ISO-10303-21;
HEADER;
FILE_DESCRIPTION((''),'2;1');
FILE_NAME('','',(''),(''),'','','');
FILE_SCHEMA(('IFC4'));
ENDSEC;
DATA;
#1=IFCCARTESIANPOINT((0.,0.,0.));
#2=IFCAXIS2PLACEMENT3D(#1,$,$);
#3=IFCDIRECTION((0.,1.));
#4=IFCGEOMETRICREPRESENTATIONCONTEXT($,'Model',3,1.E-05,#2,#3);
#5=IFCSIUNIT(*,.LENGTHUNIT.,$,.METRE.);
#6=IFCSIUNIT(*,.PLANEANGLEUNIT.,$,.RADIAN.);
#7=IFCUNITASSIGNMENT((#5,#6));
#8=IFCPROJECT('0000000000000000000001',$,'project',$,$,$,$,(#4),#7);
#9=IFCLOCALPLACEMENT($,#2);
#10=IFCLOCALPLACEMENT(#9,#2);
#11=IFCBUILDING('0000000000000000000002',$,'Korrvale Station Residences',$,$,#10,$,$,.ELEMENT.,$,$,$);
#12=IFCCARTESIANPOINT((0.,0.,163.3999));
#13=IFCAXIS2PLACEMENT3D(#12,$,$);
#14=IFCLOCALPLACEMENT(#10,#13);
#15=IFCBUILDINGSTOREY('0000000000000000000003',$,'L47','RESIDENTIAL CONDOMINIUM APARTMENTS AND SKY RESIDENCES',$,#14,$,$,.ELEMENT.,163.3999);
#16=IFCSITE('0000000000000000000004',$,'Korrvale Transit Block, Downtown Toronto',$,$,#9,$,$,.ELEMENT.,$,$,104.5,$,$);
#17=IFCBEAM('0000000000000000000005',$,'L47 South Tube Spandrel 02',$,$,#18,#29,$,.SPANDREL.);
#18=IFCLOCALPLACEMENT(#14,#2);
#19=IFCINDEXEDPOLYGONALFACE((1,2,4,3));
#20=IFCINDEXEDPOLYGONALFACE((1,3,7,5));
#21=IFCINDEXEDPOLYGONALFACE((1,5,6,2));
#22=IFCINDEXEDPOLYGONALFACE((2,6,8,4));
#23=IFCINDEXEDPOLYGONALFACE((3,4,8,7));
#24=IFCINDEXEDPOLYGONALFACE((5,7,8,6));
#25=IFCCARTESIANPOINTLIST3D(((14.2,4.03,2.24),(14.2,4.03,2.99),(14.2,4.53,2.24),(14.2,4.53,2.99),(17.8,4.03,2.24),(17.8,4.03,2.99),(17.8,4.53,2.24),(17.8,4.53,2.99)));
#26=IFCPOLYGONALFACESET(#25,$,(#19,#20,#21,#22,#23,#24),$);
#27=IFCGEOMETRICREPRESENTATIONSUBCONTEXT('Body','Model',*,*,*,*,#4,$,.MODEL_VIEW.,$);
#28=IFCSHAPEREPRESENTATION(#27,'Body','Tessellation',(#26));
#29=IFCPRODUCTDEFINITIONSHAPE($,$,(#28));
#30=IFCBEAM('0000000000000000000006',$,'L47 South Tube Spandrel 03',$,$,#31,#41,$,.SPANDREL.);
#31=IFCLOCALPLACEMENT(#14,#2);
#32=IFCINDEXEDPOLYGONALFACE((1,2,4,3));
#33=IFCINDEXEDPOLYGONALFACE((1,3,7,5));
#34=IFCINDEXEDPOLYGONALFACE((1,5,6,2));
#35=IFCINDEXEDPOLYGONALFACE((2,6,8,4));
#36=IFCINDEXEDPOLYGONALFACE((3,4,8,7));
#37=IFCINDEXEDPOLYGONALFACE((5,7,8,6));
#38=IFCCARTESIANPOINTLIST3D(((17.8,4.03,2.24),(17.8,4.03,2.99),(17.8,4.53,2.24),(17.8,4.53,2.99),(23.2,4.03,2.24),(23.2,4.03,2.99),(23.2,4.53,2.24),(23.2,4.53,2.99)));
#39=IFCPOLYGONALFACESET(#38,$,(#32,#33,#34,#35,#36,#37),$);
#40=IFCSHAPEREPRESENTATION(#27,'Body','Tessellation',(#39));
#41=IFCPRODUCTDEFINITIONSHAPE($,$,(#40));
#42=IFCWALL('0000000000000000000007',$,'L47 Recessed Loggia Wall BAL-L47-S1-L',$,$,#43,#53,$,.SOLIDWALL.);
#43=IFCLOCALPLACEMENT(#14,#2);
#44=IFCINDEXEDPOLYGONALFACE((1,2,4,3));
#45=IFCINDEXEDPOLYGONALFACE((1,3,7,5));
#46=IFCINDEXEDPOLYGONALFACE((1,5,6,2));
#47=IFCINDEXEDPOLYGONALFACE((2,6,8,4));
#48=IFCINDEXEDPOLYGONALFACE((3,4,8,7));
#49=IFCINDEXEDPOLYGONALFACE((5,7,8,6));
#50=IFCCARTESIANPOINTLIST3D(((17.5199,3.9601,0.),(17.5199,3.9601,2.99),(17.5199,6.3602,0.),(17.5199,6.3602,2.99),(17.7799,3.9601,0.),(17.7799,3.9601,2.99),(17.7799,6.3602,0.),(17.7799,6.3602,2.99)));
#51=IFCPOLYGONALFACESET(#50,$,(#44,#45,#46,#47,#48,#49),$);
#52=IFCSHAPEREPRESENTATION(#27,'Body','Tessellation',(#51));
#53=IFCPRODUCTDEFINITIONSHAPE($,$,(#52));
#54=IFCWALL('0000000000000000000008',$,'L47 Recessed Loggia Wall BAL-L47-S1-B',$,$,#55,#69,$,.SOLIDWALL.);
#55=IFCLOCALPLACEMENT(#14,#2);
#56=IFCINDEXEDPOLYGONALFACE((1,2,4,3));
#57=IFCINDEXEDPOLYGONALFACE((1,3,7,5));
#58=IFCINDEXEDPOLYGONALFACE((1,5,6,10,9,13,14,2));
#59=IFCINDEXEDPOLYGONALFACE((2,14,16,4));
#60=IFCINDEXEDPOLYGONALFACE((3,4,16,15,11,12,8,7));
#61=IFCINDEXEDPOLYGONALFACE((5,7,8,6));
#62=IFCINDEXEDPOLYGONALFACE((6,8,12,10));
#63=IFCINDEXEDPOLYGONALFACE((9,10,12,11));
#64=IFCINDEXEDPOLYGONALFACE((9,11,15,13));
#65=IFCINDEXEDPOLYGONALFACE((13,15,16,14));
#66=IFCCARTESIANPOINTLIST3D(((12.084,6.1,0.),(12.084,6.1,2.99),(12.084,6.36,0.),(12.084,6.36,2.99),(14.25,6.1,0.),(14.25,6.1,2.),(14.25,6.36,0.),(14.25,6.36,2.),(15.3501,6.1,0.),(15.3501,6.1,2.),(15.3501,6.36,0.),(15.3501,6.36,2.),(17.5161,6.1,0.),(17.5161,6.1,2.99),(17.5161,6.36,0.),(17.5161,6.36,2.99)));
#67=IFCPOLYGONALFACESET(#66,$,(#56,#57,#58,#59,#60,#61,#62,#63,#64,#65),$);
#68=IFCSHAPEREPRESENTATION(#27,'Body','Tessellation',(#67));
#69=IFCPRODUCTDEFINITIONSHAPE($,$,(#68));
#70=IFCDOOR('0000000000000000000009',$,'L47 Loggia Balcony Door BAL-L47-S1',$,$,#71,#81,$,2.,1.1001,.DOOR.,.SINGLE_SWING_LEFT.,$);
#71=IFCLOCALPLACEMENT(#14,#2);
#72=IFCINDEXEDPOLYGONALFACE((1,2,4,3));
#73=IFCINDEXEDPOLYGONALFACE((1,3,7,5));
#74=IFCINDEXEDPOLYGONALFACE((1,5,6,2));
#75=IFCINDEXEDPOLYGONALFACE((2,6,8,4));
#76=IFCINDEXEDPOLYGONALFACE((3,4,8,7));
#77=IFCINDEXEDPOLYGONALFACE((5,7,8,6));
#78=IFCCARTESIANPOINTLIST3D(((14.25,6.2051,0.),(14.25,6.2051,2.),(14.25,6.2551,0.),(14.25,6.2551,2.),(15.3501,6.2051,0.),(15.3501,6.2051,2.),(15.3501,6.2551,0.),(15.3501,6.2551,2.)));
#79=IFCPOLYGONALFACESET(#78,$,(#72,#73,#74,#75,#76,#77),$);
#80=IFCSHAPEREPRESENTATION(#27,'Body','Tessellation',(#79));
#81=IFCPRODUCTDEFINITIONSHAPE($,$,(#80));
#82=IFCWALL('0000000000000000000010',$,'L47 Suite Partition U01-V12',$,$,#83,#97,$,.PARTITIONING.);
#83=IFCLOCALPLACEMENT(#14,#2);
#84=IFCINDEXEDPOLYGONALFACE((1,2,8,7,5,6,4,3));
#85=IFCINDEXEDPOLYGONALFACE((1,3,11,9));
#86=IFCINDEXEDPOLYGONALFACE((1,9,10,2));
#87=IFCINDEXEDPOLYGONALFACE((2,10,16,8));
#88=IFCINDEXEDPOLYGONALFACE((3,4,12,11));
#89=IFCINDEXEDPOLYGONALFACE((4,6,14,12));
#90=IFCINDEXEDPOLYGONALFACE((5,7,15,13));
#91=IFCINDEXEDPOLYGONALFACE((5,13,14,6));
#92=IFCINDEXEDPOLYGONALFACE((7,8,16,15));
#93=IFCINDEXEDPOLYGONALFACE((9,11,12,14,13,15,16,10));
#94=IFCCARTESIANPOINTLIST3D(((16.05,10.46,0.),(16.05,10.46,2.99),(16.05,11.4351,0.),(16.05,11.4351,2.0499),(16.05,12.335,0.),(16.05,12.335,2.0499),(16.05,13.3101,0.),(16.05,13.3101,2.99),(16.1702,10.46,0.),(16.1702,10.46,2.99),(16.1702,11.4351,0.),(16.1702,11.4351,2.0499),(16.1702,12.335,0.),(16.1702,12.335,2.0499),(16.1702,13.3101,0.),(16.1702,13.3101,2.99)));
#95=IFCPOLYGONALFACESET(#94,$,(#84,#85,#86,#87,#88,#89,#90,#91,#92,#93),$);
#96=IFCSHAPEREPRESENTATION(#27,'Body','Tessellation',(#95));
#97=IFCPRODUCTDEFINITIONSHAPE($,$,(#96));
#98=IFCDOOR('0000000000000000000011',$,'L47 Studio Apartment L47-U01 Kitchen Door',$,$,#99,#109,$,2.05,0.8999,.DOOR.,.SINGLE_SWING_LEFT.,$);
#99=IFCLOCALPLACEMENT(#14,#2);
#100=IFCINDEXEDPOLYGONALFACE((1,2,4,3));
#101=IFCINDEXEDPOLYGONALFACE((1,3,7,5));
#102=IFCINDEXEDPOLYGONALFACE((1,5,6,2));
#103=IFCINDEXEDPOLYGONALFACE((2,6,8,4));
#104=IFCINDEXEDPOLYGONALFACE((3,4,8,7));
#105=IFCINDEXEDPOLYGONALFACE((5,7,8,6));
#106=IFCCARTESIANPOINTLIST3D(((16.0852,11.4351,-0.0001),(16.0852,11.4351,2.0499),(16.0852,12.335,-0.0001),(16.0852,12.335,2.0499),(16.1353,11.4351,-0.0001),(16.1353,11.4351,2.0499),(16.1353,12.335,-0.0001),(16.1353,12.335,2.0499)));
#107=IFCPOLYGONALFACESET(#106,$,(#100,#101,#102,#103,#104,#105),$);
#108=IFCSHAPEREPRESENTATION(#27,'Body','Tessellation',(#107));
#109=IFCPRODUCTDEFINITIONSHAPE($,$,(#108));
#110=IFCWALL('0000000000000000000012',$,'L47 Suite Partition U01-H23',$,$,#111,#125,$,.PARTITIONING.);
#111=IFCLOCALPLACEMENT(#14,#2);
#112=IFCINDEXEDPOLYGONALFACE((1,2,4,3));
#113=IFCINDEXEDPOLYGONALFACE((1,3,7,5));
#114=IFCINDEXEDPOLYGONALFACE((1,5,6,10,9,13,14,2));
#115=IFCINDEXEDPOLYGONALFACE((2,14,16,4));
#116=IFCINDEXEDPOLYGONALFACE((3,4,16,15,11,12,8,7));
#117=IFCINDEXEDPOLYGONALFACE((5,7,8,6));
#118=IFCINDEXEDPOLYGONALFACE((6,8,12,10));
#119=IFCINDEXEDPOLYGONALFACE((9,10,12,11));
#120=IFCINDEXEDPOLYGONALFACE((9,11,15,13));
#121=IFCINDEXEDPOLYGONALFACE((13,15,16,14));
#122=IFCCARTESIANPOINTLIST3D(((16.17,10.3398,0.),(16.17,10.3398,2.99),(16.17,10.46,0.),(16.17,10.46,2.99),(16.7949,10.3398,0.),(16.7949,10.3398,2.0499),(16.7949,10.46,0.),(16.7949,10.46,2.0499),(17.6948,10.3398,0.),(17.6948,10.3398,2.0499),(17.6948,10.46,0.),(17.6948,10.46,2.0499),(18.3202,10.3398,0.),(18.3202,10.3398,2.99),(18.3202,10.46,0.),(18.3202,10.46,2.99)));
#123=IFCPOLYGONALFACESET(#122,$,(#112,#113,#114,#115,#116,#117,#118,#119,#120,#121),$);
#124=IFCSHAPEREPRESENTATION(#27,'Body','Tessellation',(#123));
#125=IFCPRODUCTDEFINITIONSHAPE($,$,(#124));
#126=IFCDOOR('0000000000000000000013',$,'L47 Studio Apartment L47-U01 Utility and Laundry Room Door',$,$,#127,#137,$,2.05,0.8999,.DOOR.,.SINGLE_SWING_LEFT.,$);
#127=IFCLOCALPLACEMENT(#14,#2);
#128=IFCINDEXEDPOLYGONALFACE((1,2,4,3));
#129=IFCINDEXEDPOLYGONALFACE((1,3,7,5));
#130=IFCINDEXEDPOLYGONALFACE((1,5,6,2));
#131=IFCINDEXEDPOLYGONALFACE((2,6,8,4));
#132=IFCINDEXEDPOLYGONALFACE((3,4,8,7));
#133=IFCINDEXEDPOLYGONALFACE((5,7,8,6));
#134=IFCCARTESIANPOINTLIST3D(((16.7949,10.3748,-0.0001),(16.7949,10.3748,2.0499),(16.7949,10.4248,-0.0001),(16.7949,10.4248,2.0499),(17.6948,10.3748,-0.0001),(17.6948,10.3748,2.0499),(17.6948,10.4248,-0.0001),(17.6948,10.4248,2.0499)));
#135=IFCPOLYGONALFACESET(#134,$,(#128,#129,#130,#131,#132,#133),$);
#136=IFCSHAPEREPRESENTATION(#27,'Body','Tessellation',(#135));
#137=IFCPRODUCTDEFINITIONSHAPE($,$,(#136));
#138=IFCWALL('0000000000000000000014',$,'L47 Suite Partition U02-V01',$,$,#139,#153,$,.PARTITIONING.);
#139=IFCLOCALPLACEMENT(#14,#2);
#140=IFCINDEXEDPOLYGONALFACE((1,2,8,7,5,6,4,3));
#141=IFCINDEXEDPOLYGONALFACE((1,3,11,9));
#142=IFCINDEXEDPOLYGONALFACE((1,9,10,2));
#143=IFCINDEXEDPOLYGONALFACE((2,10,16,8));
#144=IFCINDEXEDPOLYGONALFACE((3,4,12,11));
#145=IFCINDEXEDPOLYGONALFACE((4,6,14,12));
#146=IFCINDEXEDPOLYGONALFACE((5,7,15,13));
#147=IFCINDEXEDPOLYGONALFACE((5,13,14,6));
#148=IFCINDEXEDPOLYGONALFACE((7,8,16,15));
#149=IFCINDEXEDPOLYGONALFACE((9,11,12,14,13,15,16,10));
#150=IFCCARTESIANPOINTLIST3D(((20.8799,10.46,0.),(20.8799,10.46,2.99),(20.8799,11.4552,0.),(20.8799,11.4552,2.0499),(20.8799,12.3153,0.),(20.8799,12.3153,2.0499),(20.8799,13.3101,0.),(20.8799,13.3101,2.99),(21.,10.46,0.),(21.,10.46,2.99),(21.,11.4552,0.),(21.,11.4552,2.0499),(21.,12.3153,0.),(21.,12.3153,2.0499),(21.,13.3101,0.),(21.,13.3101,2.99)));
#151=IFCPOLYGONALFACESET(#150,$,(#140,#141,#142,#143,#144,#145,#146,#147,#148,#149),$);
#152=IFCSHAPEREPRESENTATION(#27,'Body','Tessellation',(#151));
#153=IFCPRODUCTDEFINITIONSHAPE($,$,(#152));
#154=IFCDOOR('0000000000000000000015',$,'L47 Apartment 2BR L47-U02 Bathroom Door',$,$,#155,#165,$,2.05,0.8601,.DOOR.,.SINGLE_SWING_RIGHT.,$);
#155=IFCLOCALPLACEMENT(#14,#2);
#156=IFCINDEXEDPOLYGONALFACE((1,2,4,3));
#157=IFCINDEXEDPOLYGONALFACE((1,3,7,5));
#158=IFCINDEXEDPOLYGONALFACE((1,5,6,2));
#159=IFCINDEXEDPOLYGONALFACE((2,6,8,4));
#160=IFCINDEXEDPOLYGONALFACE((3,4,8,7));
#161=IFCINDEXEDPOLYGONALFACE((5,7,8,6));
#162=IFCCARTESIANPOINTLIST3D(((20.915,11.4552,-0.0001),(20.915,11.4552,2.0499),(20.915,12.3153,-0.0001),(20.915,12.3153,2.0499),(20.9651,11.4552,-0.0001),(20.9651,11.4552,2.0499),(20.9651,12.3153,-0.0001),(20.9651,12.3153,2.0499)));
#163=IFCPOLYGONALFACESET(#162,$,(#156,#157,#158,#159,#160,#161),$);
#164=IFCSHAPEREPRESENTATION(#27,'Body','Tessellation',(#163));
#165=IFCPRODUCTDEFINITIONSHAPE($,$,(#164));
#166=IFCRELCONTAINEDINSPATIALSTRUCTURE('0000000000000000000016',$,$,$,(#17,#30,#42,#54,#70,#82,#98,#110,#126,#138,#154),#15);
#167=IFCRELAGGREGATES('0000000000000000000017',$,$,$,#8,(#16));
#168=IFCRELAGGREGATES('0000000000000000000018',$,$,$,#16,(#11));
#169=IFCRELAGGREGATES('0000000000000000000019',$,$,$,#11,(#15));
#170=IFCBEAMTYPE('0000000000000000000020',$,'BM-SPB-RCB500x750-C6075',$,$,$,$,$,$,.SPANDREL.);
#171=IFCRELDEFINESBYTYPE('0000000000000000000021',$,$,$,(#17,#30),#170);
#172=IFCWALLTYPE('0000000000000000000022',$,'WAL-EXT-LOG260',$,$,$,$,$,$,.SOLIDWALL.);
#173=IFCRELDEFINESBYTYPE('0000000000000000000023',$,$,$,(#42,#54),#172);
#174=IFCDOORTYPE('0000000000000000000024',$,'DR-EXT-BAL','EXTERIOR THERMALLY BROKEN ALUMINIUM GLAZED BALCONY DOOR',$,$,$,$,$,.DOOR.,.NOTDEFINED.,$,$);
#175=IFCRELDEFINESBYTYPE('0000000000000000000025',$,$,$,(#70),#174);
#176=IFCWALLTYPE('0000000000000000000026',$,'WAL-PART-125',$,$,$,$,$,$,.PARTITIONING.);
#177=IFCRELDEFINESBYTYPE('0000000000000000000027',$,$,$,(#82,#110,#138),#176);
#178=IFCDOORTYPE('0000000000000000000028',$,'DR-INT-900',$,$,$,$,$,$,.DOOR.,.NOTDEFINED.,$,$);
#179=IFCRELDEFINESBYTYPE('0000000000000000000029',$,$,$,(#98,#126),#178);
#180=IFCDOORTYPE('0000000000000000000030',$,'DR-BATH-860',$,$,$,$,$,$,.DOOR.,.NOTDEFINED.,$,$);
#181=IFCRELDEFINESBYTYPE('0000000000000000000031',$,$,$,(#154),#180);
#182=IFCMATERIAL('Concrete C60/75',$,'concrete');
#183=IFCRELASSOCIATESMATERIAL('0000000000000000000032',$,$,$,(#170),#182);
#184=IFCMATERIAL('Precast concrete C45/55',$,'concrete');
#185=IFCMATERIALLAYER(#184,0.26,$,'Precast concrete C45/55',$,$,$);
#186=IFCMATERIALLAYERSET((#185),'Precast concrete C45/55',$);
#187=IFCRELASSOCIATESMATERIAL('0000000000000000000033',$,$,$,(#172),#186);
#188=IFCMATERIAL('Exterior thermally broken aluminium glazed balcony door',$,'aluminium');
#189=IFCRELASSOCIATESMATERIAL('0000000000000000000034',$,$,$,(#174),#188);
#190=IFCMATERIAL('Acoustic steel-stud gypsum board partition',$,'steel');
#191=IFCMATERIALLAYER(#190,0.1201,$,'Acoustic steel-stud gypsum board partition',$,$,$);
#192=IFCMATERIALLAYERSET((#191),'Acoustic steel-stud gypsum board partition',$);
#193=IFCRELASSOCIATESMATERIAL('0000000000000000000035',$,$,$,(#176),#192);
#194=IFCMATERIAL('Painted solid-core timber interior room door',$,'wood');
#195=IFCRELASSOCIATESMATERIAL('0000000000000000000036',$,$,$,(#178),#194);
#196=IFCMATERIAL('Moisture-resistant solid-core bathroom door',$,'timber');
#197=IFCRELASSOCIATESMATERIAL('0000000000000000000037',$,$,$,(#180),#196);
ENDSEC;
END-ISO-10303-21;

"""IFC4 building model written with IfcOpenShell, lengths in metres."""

from ifc_helpers import new_model, si_unit, direction, frame, frame_2d, origin, origin_2d, place, context, subcontext, project, spatial, rectangle, extrude, material, layer, layer_set, material_profile, profile_set, type_object, element, fill, save


model = new_model("IFC4")

# Units and contexts
model_context = context("Model", 3, precision=1e-05, world=origin(), true_north=direction((0.0, 1.0)))
body_context = subcontext(model_context, "Body", "Model", "MODEL_VIEW")
ifc_project = project(units=[si_unit("LENGTHUNIT", "METRE"), si_unit("PLANEANGLEUNIT", "RADIAN")], contexts=[model_context])

# Site, building, storey
site_placement = place(None, origin())
site = spatial("IfcSite", under=ifc_project, at=site_placement, Name="Korrvale Transit Block, Downtown Toronto", CompositionType="ELEMENT", RefElevation=104.5)
building_placement = place(site_placement, origin())
building = spatial("IfcBuilding", under=site, at=building_placement, Name="Korrvale Station Residences", CompositionType="ELEMENT")
storey_placement = place(building_placement, frame((0.0, 0.0, 163.3999)))
storey = spatial("IfcBuildingStorey", under=building, at=storey_placement, Name="L47", Description="RESIDENTIAL CONDOMINIUM APARTMENTS AND SKY RESIDENCES", CompositionType="ELEMENT", Elevation=163.3999)

# Shared definitions
ifc_material_1 = material(Name="Concrete C60/75", Category="concrete")

# Beams
ifc_material_profile_1 = material_profile(ifc_material_1, rectangle(XDim=0.5, YDim=0.75, at=origin_2d()), Name="RCB500x750")
ifc_profile_set_1 = profile_set([ifc_material_profile_1], Name="Concrete C60/75")
beam_type_1 = type_object("IfcBeamType", Name="BM-SPB-RCB500x750-C6075", PredefinedType="SPANDREL", material=ifc_profile_set_1)
beam_1_placement = place(storey_placement, frame((14.2, 4.28, 2.615), z_axis=(1.0, 0.0, 0.0), x_axis=(0.0, 1.0, 0.0)))
element("IfcBeam", 1, at=beam_1_placement, inside=storey, type_object=beam_type_1, Name="L47 South Tube Spandrel 02", PredefinedType="SPANDREL", context=body_context, shape_type="SweptSolid", body=[
    extrude(rectangle(XDim=0.5, YDim=0.75, at=origin_2d()), origin(), (0.0, 0.0, 1.0), 3.6001),
])
beam_2_placement = place(storey_placement, frame((17.8, 4.28, 2.615), z_axis=(1.0, 0.0, 0.0), x_axis=(0.0, 1.0, 0.0)))
element("IfcBeam", 2, at=beam_2_placement, inside=storey, type_object=beam_type_1, Name="L47 South Tube Spandrel 03", PredefinedType="SPANDREL", context=body_context, shape_type="SweptSolid", body=[
    extrude(rectangle(XDim=0.5, YDim=0.75, at=origin_2d()), origin(), (0.0, 0.0, 1.0), 5.3999),
])

# Wall
ifc_material_2 = material(Name="Precast concrete C45/55", Category="concrete")
ifc_layer_1 = layer(ifc_material_2, 0.26, Name="Precast concrete C45/55")
ifc_layer_set_1 = layer_set([ifc_layer_1], Name="Precast concrete C45/55")
wall_type_1 = type_object("IfcWallType", Name="WAL-EXT-LOG260", PredefinedType="SOLIDWALL", material=ifc_layer_set_1)
wall_1_placement = place(storey_placement, frame((17.6499, 3.96, 0.0), z_axis=(0.0, 0.0, 1.0), x_axis=(0.0, 1.0, 0.0)))
element("IfcWall", 3, at=wall_1_placement, inside=storey, type_object=wall_type_1, Name="L47 Recessed Loggia Wall BAL-L47-S1-L", PredefinedType="SOLIDWALL", context=body_context, shape_type="SweptSolid", body=[
    extrude(rectangle(XDim=2.4001, YDim=0.26, at=frame_2d((1.2002, 0.0))), origin(), (0.0, 0.0, 1.0), 2.99),
])

# Walls, openings, doors
wall_2_placement = place(storey_placement, frame((17.5161, 6.23, 0.0), z_axis=(0.0, 0.0, 1.0), x_axis=(-1.0, 0.0, 0.0)))
wall_2 = element("IfcWall", 4, at=wall_2_placement, inside=storey, type_object=wall_type_1, Name="L47 Recessed Loggia Wall BAL-L47-S1-B", PredefinedType="SOLIDWALL", context=body_context, shape_type="SweptSolid", body=[
    extrude(rectangle(XDim=5.4321, YDim=0.26, at=frame_2d((2.7161, 0.0))), origin(), (0.0, 0.0, 1.0), 2.99),
])
opening_1_placement = place(wall_2_placement, frame((2.166, 0.0, 0.0)))
opening_1 = element("IfcOpeningElement", 5, at=opening_1_placement, cuts=wall_2, PredefinedType="OPENING", context=body_context, shape_type="SweptSolid", body=[
    extrude(rectangle(XDim=1.1001, YDim=2.0, at=frame_2d((0.55, 1.0))), frame((0.0, 0.1401, 0.0), z_axis=(0.0, -1.0, 0.0), x_axis=(1.0, 0.0, 0.0)), (0.0, 0.0, 1.0), 0.28),
])
ifc_material_3 = material(Name="Exterior thermally broken aluminium glazed balcony door", Category="aluminium")
door_type_1 = type_object("IfcDoorType", Name="DR-EXT-BAL", Description="EXTERIOR THERMALLY BROKEN ALUMINIUM GLAZED BALCONY DOOR", OperationType="NOTDEFINED", PredefinedType="DOOR", material=ifc_material_3)
door_1_placement = place(opening_1_placement, origin())
door_1 = element("IfcDoor", 6, at=door_1_placement, inside=storey, type_object=door_type_1, Name="L47 Loggia Balcony Door BAL-L47-S1", OperationType="SINGLE_SWING_LEFT", OverallHeight=2.0, OverallWidth=1.1001, PredefinedType="DOOR", context=body_context, shape_type="SweptSolid", body=[
    extrude(rectangle(XDim=1.1001, YDim=2.0, at=frame_2d((0.55, 1.0))), frame((0.0, 0.0249, 0.0), z_axis=(0.0, -1.0, 0.0), x_axis=(1.0, 0.0, 0.0)), (0.0, 0.0, 1.0), 0.05),
])
fill(opening_1, door_1)
ifc_material_4 = material(Name="Acoustic steel-stud gypsum board partition", Category="steel")
ifc_layer_2 = layer(ifc_material_4, 0.1201, Name="Acoustic steel-stud gypsum board partition")
ifc_layer_set_2 = layer_set([ifc_layer_2], Name="Acoustic steel-stud gypsum board partition")
wall_type_2 = type_object("IfcWallType", Name="WAL-PART-125", PredefinedType="PARTITIONING", material=ifc_layer_set_2)
wall_3_placement = place(storey_placement, frame((16.1101, 10.46, 0.0), z_axis=(0.0, 0.0, 1.0), x_axis=(0.0, 1.0, 0.0)))
wall_3 = element("IfcWall", 7, at=wall_3_placement, inside=storey, type_object=wall_type_2, Name="L47 Suite Partition U01-V12", PredefinedType="PARTITIONING", context=body_context, shape_type="SweptSolid", body=[
    extrude(rectangle(XDim=2.8501, YDim=0.1201, at=frame_2d((1.425, 0.0))), origin(), (0.0, 0.0, 1.0), 2.99),
])
opening_2_placement = place(wall_3_placement, frame((0.9751, 0.0, 0.0)))
opening_2 = element("IfcOpeningElement", 8, at=opening_2_placement, cuts=wall_3, PredefinedType="OPENING", context=body_context, shape_type="SweptSolid", body=[
    extrude(rectangle(XDim=0.8999, YDim=2.05, at=frame_2d((0.45, 1.0249))), frame((0.0, 0.0701, 0.0), z_axis=(0.0, -1.0, 0.0), x_axis=(1.0, 0.0, 0.0)), (0.0, 0.0, 1.0), 0.1401),
])
ifc_material_5 = material(Name="Painted solid-core timber interior room door", Category="wood")
door_type_2 = type_object("IfcDoorType", Name="DR-INT-900", OperationType="NOTDEFINED", PredefinedType="DOOR", material=ifc_material_5)
door_2_placement = place(opening_2_placement, origin())
door_2 = element("IfcDoor", 9, at=door_2_placement, inside=storey, type_object=door_type_2, Name="L47 Studio Apartment L47-U01 Kitchen Door", OperationType="SINGLE_SWING_LEFT", OverallHeight=2.05, OverallWidth=0.8999, PredefinedType="DOOR", context=body_context, shape_type="SweptSolid", body=[
    extrude(rectangle(XDim=0.8999, YDim=2.05, at=frame_2d((0.45, 1.0249))), frame((0.0, 0.0249, 0.0), z_axis=(0.0, -1.0, 0.0), x_axis=(1.0, 0.0, 0.0)), (0.0, 0.0, 1.0), 0.05),
])
fill(opening_2, door_2)
wall_4_placement = place(storey_placement, frame((16.1699, 10.3999, 0.0), z_axis=(0.0, 0.0, 1.0), x_axis=(1.0, 0.0, 0.0)))
wall_4 = element("IfcWall", 10, at=wall_4_placement, inside=storey, type_object=wall_type_2, Name="L47 Suite Partition U01-H23", PredefinedType="PARTITIONING", context=body_context, shape_type="SweptSolid", body=[
    extrude(rectangle(XDim=2.1501, YDim=0.1201, at=frame_2d((1.0752, 0.0))), origin(), (0.0, 0.0, 1.0), 2.99),
])
opening_3_placement = place(wall_4_placement, frame((0.625, 0.0, 0.0)))
opening_3 = element("IfcOpeningElement", 11, at=opening_3_placement, cuts=wall_4, PredefinedType="OPENING", context=body_context, shape_type="SweptSolid", body=[
    extrude(rectangle(XDim=0.8999, YDim=2.05, at=frame_2d((0.45, 1.0249))), frame((0.0, 0.0701, 0.0), z_axis=(0.0, -1.0, 0.0), x_axis=(1.0, 0.0, 0.0)), (0.0, 0.0, 1.0), 0.1401),
])
door_3_placement = place(opening_3_placement, origin())
door_3 = element("IfcDoor", 12, at=door_3_placement, inside=storey, type_object=door_type_2, Name="L47 Studio Apartment L47-U01 Utility and Laundry Room Door", OperationType="SINGLE_SWING_LEFT", OverallHeight=2.05, OverallWidth=0.8999, PredefinedType="DOOR", context=body_context, shape_type="SweptSolid", body=[
    extrude(rectangle(XDim=0.8999, YDim=2.05, at=frame_2d((0.45, 1.0249))), frame((0.0, 0.0249, 0.0), z_axis=(0.0, -1.0, 0.0), x_axis=(1.0, 0.0, 0.0)), (0.0, 0.0, 1.0), 0.05),
])
fill(opening_3, door_3)
wall_5_placement = place(storey_placement, frame((20.9399, 10.46, 0.0), z_axis=(0.0, 0.0, 1.0), x_axis=(0.0, 1.0, 0.0)))
wall_5 = element("IfcWall", 13, at=wall_5_placement, inside=storey, type_object=wall_type_2, Name="L47 Suite Partition U02-V01", PredefinedType="PARTITIONING", context=body_context, shape_type="SweptSolid", body=[
    extrude(rectangle(XDim=2.8501, YDim=0.1201, at=frame_2d((1.425, 0.0))), origin(), (0.0, 0.0, 1.0), 2.99),
])
opening_4_placement = place(wall_5_placement, frame((0.9951, 0.0, 0.0)))
opening_4 = element("IfcOpeningElement", 14, at=opening_4_placement, cuts=wall_5, PredefinedType="OPENING", context=body_context, shape_type="SweptSolid", body=[
    extrude(rectangle(XDim=0.8601, YDim=2.05, at=frame_2d((0.4302, 1.0249))), frame((0.0, 0.0701, 0.0), z_axis=(0.0, -1.0, 0.0), x_axis=(1.0, 0.0, 0.0)), (0.0, 0.0, 1.0), 0.1401),
])
ifc_material_6 = material(Name="Moisture-resistant solid-core bathroom door", Category="timber")
door_type_3 = type_object("IfcDoorType", Name="DR-BATH-860", OperationType="NOTDEFINED", PredefinedType="DOOR", material=ifc_material_6)
door_4_placement = place(opening_4_placement, origin())
door_4 = element("IfcDoor", 15, at=door_4_placement, inside=storey, type_object=door_type_3, Name="L47 Apartment 2BR L47-U02 Bathroom Door", OperationType="SINGLE_SWING_RIGHT", OverallHeight=2.05, OverallWidth=0.8601, PredefinedType="DOOR", context=body_context, shape_type="SweptSolid", body=[
    extrude(rectangle(XDim=0.8601, YDim=2.05, at=frame_2d((0.4302, 1.0249))), frame((0.0, 0.0249, 0.0), z_axis=(0.0, -1.0, 0.0), x_axis=(1.0, 0.0, 0.0)), (0.0, 0.0, 1.0), 0.05),
])
fill(opening_4, door_4)

save(model, "model.ifc")
